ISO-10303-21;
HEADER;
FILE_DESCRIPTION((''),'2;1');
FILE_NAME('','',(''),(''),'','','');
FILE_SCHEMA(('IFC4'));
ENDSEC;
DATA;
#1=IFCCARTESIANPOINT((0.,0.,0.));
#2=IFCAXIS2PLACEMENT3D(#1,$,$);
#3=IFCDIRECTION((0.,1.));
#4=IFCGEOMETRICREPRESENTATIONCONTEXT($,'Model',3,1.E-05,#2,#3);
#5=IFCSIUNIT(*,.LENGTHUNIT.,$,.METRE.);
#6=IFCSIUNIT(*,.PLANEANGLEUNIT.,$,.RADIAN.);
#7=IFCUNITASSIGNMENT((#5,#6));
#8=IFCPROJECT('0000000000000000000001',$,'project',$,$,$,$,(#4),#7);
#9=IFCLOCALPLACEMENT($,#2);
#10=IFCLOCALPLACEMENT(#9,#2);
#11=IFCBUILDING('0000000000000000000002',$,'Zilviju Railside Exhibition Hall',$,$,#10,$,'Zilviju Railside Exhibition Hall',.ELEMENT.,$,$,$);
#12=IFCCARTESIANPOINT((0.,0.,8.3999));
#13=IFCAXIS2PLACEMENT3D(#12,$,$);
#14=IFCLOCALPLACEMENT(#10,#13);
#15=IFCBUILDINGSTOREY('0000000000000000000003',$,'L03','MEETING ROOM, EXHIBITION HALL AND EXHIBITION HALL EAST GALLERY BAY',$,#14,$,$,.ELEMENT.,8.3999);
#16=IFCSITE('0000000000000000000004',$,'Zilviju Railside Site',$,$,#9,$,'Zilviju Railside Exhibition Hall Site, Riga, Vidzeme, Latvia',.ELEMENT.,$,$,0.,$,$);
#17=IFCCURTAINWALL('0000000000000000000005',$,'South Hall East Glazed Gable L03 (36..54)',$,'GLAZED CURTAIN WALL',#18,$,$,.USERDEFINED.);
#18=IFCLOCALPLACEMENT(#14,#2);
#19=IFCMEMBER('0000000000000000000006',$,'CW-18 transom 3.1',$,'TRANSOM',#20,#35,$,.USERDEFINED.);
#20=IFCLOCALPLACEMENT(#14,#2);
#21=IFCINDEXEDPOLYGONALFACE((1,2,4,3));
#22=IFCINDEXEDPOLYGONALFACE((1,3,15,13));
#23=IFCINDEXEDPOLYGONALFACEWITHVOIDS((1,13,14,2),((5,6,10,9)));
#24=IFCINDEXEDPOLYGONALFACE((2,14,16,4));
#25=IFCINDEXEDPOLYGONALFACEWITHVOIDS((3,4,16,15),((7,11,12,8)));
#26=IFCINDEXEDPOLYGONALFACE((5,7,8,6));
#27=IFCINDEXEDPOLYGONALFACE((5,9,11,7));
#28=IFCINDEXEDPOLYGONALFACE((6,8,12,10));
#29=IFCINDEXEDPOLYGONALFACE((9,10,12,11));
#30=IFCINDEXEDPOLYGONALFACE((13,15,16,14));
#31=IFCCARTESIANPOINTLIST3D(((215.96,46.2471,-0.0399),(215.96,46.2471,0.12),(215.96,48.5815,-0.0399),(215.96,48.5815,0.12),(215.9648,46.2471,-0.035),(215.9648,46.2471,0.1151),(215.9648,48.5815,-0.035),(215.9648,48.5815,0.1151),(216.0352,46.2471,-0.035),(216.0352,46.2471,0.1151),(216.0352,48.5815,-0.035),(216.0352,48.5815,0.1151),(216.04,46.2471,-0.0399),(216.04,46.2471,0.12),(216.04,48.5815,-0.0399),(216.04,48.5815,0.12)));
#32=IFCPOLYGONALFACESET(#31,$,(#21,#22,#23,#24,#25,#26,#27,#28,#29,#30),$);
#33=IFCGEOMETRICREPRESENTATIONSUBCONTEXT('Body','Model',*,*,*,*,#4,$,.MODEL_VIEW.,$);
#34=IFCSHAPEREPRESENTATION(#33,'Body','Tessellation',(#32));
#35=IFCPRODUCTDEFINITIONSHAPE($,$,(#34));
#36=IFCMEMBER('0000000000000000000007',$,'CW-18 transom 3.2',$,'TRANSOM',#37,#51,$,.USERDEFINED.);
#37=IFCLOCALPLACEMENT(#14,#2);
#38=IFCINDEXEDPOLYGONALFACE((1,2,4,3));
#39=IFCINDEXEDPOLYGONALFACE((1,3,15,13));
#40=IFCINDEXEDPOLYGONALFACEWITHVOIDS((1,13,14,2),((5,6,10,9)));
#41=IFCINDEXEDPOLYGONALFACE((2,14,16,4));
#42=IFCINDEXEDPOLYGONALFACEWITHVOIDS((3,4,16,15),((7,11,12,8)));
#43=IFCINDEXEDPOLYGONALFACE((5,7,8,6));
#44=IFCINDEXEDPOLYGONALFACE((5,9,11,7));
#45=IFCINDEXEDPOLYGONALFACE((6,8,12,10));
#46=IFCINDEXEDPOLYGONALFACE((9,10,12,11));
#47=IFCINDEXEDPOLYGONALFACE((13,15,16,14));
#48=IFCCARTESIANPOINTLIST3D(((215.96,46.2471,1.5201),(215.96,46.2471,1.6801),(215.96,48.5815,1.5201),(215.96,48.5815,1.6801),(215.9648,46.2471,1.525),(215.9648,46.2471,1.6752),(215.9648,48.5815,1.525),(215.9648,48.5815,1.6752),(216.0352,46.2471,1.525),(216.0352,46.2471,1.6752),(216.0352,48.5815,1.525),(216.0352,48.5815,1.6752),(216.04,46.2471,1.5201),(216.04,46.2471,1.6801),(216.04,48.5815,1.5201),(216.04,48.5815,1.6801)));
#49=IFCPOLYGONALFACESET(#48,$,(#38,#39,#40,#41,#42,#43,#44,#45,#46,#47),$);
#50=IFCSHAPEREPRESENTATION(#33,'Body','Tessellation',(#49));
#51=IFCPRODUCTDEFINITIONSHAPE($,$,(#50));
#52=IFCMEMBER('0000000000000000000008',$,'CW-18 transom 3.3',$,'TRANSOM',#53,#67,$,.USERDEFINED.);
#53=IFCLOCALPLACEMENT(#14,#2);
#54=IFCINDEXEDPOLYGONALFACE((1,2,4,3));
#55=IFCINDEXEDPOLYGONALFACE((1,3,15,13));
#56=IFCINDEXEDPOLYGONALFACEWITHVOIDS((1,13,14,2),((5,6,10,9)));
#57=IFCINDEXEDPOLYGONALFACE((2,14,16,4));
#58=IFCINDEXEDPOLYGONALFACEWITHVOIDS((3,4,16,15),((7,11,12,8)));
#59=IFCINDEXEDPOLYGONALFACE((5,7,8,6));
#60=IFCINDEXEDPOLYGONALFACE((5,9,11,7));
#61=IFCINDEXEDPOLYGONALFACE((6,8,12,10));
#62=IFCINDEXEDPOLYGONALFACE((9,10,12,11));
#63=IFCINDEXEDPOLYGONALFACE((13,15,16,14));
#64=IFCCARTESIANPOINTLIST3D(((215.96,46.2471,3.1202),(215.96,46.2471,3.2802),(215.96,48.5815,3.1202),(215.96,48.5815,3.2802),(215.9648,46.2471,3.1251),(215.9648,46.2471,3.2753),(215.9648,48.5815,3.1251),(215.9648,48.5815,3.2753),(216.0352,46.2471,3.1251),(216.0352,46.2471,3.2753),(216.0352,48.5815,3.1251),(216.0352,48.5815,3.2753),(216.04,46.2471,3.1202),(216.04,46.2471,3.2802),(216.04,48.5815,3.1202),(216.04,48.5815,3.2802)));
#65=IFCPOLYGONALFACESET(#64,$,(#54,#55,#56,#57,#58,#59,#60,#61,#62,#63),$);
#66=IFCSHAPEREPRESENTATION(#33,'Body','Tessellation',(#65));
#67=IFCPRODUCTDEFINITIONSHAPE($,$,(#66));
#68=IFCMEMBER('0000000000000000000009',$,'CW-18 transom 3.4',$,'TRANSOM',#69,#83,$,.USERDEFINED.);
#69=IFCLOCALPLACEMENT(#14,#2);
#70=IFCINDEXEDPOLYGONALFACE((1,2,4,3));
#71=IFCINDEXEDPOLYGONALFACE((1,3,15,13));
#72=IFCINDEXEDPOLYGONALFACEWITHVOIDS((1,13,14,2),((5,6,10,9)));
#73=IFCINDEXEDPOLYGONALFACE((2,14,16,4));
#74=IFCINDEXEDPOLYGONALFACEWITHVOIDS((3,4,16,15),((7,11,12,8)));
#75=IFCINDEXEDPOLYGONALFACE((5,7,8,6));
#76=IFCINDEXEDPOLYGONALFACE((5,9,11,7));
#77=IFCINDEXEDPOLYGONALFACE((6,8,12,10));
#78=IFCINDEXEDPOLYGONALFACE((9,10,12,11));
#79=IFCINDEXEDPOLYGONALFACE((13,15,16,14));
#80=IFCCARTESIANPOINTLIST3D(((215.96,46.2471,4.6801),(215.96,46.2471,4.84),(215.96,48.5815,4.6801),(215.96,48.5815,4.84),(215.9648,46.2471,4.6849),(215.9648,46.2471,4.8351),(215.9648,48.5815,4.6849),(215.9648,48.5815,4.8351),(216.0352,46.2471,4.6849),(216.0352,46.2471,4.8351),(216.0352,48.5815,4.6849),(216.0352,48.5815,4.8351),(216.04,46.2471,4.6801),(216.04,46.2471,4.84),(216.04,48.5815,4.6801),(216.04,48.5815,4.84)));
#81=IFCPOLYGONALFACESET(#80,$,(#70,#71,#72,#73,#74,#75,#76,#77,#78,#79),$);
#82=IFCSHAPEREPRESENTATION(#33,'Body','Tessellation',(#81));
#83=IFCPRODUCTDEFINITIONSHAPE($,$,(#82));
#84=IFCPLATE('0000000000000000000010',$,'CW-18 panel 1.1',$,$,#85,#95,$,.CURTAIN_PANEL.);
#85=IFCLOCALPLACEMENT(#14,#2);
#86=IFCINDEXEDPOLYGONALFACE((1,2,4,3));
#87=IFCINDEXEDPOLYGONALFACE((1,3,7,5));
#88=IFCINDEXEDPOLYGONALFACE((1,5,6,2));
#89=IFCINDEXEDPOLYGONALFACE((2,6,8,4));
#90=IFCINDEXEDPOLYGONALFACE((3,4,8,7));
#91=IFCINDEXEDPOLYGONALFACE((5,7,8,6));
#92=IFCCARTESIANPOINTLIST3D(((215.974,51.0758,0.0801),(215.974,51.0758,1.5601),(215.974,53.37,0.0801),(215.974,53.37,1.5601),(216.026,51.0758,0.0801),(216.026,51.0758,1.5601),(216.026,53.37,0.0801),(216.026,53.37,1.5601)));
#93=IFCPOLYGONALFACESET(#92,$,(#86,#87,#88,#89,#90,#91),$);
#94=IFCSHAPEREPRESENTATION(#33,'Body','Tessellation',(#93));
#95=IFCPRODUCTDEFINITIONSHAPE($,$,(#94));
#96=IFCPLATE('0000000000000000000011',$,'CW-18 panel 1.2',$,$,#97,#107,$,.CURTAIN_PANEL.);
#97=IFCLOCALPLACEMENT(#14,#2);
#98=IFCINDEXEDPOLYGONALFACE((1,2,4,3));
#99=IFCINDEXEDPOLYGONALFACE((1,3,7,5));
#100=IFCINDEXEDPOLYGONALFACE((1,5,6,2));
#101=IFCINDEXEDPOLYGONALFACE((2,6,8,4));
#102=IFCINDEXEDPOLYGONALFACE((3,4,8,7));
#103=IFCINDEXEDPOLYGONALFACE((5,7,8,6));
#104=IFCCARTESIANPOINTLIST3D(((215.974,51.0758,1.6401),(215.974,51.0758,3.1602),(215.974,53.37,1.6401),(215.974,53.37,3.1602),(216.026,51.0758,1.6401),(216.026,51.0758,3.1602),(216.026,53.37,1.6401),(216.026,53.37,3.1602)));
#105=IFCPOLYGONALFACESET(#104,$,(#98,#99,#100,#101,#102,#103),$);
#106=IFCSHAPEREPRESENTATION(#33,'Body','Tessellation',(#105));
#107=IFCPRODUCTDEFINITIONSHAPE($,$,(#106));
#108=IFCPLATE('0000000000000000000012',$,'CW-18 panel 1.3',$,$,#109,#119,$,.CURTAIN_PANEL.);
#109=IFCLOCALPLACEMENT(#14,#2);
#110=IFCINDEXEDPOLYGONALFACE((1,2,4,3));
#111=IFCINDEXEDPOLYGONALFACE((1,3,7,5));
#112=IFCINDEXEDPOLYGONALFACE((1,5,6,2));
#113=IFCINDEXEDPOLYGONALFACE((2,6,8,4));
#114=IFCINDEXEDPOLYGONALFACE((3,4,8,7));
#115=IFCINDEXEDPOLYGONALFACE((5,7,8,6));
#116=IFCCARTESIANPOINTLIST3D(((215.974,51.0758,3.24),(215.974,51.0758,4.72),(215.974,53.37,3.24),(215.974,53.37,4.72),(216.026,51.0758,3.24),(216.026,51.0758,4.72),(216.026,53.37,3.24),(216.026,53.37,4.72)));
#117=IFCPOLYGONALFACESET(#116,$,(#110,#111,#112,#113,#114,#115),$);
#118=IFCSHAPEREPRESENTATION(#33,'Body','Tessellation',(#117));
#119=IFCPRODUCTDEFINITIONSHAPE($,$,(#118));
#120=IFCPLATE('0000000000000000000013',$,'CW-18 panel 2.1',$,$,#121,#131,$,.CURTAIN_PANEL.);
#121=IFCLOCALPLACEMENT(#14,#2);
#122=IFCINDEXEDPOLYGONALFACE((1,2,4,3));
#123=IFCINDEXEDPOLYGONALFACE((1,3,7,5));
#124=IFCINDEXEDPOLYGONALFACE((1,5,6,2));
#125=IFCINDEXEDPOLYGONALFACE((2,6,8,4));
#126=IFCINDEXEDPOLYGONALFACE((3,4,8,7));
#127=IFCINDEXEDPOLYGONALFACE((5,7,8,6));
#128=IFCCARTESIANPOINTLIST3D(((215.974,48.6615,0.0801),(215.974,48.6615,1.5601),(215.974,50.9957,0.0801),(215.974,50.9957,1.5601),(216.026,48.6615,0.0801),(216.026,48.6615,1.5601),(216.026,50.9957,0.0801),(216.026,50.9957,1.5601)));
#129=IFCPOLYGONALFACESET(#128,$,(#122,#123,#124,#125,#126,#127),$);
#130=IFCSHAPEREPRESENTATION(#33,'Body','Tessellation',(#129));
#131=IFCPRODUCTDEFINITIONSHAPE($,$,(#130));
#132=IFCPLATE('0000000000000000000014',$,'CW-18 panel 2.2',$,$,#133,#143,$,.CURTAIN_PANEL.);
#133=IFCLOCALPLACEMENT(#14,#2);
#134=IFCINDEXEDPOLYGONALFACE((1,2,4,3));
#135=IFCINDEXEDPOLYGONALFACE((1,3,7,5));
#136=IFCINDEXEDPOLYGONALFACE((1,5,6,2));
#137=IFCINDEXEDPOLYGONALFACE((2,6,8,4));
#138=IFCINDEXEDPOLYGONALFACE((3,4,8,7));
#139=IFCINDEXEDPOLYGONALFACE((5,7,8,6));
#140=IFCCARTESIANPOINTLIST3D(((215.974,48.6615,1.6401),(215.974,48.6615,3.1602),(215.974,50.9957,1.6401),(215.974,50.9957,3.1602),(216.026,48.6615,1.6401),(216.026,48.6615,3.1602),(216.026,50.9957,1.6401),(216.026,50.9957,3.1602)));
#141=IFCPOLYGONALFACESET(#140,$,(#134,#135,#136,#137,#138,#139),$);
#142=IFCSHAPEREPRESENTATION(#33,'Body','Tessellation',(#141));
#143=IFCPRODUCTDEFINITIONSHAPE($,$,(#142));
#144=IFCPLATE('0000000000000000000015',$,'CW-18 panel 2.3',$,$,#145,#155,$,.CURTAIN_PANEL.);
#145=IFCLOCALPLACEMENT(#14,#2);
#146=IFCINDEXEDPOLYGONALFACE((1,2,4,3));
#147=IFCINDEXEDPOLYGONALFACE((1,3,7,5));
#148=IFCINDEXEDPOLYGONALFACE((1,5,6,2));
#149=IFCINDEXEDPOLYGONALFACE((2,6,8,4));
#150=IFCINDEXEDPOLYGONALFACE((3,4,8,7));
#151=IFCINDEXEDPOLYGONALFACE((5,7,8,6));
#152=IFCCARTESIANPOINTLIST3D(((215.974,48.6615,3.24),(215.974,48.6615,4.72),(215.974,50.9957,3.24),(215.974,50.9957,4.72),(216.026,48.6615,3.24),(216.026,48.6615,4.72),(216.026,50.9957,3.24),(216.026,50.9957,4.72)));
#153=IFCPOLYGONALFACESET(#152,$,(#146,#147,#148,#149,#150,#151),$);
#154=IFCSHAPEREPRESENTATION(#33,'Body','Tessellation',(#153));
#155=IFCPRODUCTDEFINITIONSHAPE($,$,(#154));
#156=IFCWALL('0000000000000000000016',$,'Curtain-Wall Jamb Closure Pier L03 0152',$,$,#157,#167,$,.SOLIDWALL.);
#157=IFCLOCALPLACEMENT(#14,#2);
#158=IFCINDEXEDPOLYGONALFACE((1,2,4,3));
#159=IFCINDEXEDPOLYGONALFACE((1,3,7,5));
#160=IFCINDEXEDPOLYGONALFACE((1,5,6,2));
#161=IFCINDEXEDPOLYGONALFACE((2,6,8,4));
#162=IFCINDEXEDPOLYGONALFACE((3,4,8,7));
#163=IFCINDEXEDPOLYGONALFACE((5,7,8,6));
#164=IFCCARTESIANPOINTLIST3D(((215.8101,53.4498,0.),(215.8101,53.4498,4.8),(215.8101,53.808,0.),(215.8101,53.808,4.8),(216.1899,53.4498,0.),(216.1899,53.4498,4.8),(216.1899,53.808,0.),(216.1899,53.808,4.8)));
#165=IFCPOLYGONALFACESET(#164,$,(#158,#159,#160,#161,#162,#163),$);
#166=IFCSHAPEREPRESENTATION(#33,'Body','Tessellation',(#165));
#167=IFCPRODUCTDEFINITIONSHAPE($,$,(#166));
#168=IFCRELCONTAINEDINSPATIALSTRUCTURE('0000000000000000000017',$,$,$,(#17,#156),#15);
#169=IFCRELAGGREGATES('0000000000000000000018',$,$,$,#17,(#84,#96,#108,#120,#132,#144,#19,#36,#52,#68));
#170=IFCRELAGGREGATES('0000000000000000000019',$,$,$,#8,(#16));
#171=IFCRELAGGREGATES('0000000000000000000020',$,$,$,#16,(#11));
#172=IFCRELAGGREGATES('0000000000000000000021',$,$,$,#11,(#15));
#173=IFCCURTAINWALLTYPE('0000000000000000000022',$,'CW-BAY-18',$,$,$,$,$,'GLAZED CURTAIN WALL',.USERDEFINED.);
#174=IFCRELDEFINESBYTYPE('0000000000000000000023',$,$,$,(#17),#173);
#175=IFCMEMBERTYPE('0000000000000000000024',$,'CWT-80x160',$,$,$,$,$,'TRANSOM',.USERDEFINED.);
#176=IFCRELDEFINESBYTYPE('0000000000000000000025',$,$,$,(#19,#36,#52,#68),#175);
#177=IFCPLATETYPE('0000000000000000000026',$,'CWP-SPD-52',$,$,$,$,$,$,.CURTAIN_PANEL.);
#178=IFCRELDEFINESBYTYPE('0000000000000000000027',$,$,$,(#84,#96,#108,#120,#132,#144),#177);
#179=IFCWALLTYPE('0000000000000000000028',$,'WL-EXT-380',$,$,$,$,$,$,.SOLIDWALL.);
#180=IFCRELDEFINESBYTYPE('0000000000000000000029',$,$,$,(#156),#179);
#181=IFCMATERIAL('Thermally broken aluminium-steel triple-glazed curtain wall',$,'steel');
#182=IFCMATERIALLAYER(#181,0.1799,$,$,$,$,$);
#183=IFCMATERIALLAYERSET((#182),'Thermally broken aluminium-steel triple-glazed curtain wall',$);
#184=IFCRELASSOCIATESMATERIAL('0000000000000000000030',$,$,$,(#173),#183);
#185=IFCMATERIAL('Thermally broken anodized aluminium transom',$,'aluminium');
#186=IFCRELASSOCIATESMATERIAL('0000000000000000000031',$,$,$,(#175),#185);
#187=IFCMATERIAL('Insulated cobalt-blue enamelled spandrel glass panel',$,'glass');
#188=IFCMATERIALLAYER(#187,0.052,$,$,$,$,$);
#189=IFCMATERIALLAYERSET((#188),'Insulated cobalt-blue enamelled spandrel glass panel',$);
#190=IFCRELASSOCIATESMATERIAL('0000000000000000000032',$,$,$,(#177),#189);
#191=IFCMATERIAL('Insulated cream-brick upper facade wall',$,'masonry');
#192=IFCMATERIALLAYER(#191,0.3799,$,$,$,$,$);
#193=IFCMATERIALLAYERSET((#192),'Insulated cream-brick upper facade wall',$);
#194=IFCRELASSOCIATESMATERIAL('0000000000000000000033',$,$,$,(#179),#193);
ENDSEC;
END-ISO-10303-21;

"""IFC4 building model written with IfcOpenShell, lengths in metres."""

from ifc_helpers import new_model, si_unit, direction, frame, frame_2d, origin, origin_2d, place, context, subcontext, project, spatial, rectangle, hollow_rectangle, extrude, material, layer, layer_set, material_profile, profile_set, type_object, element, aggregate, save


model = new_model("IFC4")

# Units and contexts
model_context = context("Model", 3, precision=1e-05, world=origin(), true_north=direction((0.0, 1.0)))
body_context = subcontext(model_context, "Body", "Model", "MODEL_VIEW")
ifc_project = project(units=[si_unit("LENGTHUNIT", "METRE"), si_unit("PLANEANGLEUNIT", "RADIAN")], contexts=[model_context])

# Site, building, storey
site_placement = place(None, origin())
site = spatial("IfcSite", under=ifc_project, at=site_placement, Name="Zilviju Railside Site", LongName="Zilviju Railside Exhibition Hall Site, Riga, Vidzeme, Latvia", CompositionType="ELEMENT", RefElevation=0.0)
building_placement = place(site_placement, origin())
building = spatial("IfcBuilding", under=site, at=building_placement, Name="Zilviju Railside Exhibition Hall", LongName="Zilviju Railside Exhibition Hall", CompositionType="ELEMENT")
storey_placement = place(building_placement, frame((0.0, 0.0, 8.3999)))
storey = spatial("IfcBuildingStorey", under=building, at=storey_placement, Name="L03", Description="MEETING ROOM, EXHIBITION HALL AND EXHIBITION HALL EAST GALLERY BAY", CompositionType="ELEMENT", Elevation=8.3999)

# Curtain wall, members, plates
ifc_material_1 = material(Name="Thermally broken aluminium-steel triple-glazed curtain wall", Category="steel")
ifc_layer_1 = layer(ifc_material_1, 0.1799)
ifc_layer_set_1 = layer_set([ifc_layer_1], Name="Thermally broken aluminium-steel triple-glazed curtain wall")
curtain_wall_type = type_object("IfcCurtainWallType", Name="CW-BAY-18", ElementType="GLAZED CURTAIN WALL", PredefinedType="USERDEFINED", material=ifc_layer_set_1)
curtain_wall_placement = place(storey_placement, origin())
curtain_wall = element("IfcCurtainWall", 1, at=curtain_wall_placement, inside=storey, type_object=curtain_wall_type, Name="South Hall East Glazed Gable L03 (36..54)", ObjectType="GLAZED CURTAIN WALL", PredefinedType="USERDEFINED")
ifc_material_2 = material(Name="Thermally broken anodized aluminium transom", Category="aluminium")
ifc_material_profile_1 = material_profile(ifc_material_2, hollow_rectangle(XDim=0.0801, YDim=0.1599, WallThickness=0.0049, at=origin_2d()), Name="TRANSOM 160x80x5")
ifc_profile_set_1 = profile_set([ifc_material_profile_1], Name="Thermally broken anodized aluminium transom")
member_type_1 = type_object("IfcMemberType", Name="CWT-80x160", ElementType="TRANSOM", PredefinedType="USERDEFINED", material=ifc_profile_set_1)
member_1_placement = place(storey_placement, frame((216.0, 48.5815, 0.04), z_axis=(0.0, -1.0, 0.0), x_axis=(1.0, 0.0, 0.0)))
member_1 = element("IfcMember", 2, at=member_1_placement, type_object=member_type_1, Name="CW-18 transom 3.1", ObjectType="TRANSOM", PredefinedType="USERDEFINED", context=body_context, shape_type="SweptSolid", body=[
    extrude(hollow_rectangle(XDim=0.0801, YDim=0.1599, WallThickness=0.0049, at=origin_2d()), origin(), (0.0, 0.0, 1.0), 2.3345),
])
member_2_placement = place(storey_placement, frame((216.0, 48.5815, 1.6001), z_axis=(0.0, -1.0, 0.0), x_axis=(1.0, 0.0, 0.0)))
member_2 = element("IfcMember", 3, at=member_2_placement, type_object=member_type_1, Name="CW-18 transom 3.2", ObjectType="TRANSOM", PredefinedType="USERDEFINED", context=body_context, shape_type="SweptSolid", body=[
    extrude(hollow_rectangle(XDim=0.0801, YDim=0.1599, WallThickness=0.0049, at=origin_2d()), origin(), (0.0, 0.0, 1.0), 2.3345),
])
member_3_placement = place(storey_placement, frame((216.0, 48.5815, 3.2002), z_axis=(0.0, -1.0, 0.0), x_axis=(1.0, 0.0, 0.0)))
member_3 = element("IfcMember", 4, at=member_3_placement, type_object=member_type_1, Name="CW-18 transom 3.3", ObjectType="TRANSOM", PredefinedType="USERDEFINED", context=body_context, shape_type="SweptSolid", body=[
    extrude(hollow_rectangle(XDim=0.0801, YDim=0.1599, WallThickness=0.0049, at=origin_2d()), origin(), (0.0, 0.0, 1.0), 2.3345),
])
member_4_placement = place(storey_placement, frame((216.0, 48.5815, 4.76), z_axis=(0.0, -1.0, 0.0), x_axis=(1.0, 0.0, 0.0)))
member_4 = element("IfcMember", 5, at=member_4_placement, type_object=member_type_1, Name="CW-18 transom 3.4", ObjectType="TRANSOM", PredefinedType="USERDEFINED", context=body_context, shape_type="SweptSolid", body=[
    extrude(hollow_rectangle(XDim=0.0801, YDim=0.1599, WallThickness=0.0049, at=origin_2d()), origin(), (0.0, 0.0, 1.0), 2.3345),
])
ifc_material_3 = material(Name="Insulated cobalt-blue enamelled spandrel glass panel", Category="glass")
ifc_layer_2 = layer(ifc_material_3, 0.052)
ifc_layer_set_2 = layer_set([ifc_layer_2], Name="Insulated cobalt-blue enamelled spandrel glass panel")
plate_type = type_object("IfcPlateType", Name="CWP-SPD-52", PredefinedType="CURTAIN_PANEL", material=ifc_layer_set_2)
plate_1_placement = place(storey_placement, frame((216.0, 52.2229, 0.0801), z_axis=(0.0, 0.0, 1.0), x_axis=(0.0, -1.0, 0.0)))
plate_1 = element("IfcPlate", 6, at=plate_1_placement, type_object=plate_type, Name="CW-18 panel 1.1", PredefinedType="CURTAIN_PANEL", context=body_context, shape_type="SweptSolid", body=[
    extrude(rectangle(XDim=2.2942, YDim=0.052, at=origin_2d()), origin(), (0.0, 0.0, 1.0), 1.48),
])
plate_2_placement = place(storey_placement, frame((216.0, 52.2229, 1.6401), z_axis=(0.0, 0.0, 1.0), x_axis=(0.0, -1.0, 0.0)))
plate_2 = element("IfcPlate", 7, at=plate_2_placement, type_object=plate_type, Name="CW-18 panel 1.2", PredefinedType="CURTAIN_PANEL", context=body_context, shape_type="SweptSolid", body=[
    extrude(rectangle(XDim=2.2942, YDim=0.052, at=origin_2d()), origin(), (0.0, 0.0, 1.0), 1.52),
])
plate_3_placement = place(storey_placement, frame((216.0, 52.2229, 3.24), z_axis=(0.0, 0.0, 1.0), x_axis=(0.0, -1.0, 0.0)))
plate_3 = element("IfcPlate", 8, at=plate_3_placement, type_object=plate_type, Name="CW-18 panel 1.3", PredefinedType="CURTAIN_PANEL", context=body_context, shape_type="SweptSolid", body=[
    extrude(rectangle(XDim=2.2942, YDim=0.052, at=origin_2d()), origin(), (0.0, 0.0, 1.0), 1.48),
])
plate_4_placement = place(storey_placement, frame((216.0, 49.8286, 0.0801), z_axis=(0.0, 0.0, 1.0), x_axis=(0.0, -1.0, 0.0)))
plate_4 = element("IfcPlate", 9, at=plate_4_placement, type_object=plate_type, Name="CW-18 panel 2.1", PredefinedType="CURTAIN_PANEL", context=body_context, shape_type="SweptSolid", body=[
    extrude(rectangle(XDim=2.3342, YDim=0.052, at=origin_2d()), origin(), (0.0, 0.0, 1.0), 1.48),
])
plate_5_placement = place(storey_placement, frame((216.0, 49.8286, 1.6401), z_axis=(0.0, 0.0, 1.0), x_axis=(0.0, -1.0, 0.0)))
plate_5 = element("IfcPlate", 10, at=plate_5_placement, type_object=plate_type, Name="CW-18 panel 2.2", PredefinedType="CURTAIN_PANEL", context=body_context, shape_type="SweptSolid", body=[
    extrude(rectangle(XDim=2.3342, YDim=0.052, at=origin_2d()), origin(), (0.0, 0.0, 1.0), 1.52),
])
plate_6_placement = place(storey_placement, frame((216.0, 49.8286, 3.24), z_axis=(0.0, 0.0, 1.0), x_axis=(0.0, -1.0, 0.0)))
plate_6 = element("IfcPlate", 11, at=plate_6_placement, type_object=plate_type, Name="CW-18 panel 2.3", PredefinedType="CURTAIN_PANEL", context=body_context, shape_type="SweptSolid", body=[
    extrude(rectangle(XDim=2.3342, YDim=0.052, at=origin_2d()), origin(), (0.0, 0.0, 1.0), 1.48),
])
aggregate(curtain_wall, [plate_1, plate_2, plate_3, plate_4, plate_5, plate_6, member_1, member_2, member_3, member_4])

# Wall
ifc_material_4 = material(Name="Insulated cream-brick upper facade wall", Category="masonry")
ifc_layer_3 = layer(ifc_material_4, 0.3799)
ifc_layer_set_3 = layer_set([ifc_layer_3], Name="Insulated cream-brick upper facade wall")
wall_type = type_object("IfcWallType", Name="WL-EXT-380", PredefinedType="SOLIDWALL", material=ifc_layer_set_3)
wall_placement = place(storey_placement, frame((216.0, 53.8081, 0.0), z_axis=(0.0, 0.0, 1.0), x_axis=(0.0, -1.0, 0.0)))
element("IfcWall", 12, at=wall_placement, inside=storey, type_object=wall_type, Name="Curtain-Wall Jamb Closure Pier L03 0152", PredefinedType="SOLIDWALL", context=body_context, shape_type="SweptSolid", body=[
    extrude(rectangle(XDim=0.3582, YDim=0.3799, at=frame_2d((0.1792, 0.0))), origin(), (0.0, 0.0, 1.0), 4.8),
])

save(model, "model.ifc")
